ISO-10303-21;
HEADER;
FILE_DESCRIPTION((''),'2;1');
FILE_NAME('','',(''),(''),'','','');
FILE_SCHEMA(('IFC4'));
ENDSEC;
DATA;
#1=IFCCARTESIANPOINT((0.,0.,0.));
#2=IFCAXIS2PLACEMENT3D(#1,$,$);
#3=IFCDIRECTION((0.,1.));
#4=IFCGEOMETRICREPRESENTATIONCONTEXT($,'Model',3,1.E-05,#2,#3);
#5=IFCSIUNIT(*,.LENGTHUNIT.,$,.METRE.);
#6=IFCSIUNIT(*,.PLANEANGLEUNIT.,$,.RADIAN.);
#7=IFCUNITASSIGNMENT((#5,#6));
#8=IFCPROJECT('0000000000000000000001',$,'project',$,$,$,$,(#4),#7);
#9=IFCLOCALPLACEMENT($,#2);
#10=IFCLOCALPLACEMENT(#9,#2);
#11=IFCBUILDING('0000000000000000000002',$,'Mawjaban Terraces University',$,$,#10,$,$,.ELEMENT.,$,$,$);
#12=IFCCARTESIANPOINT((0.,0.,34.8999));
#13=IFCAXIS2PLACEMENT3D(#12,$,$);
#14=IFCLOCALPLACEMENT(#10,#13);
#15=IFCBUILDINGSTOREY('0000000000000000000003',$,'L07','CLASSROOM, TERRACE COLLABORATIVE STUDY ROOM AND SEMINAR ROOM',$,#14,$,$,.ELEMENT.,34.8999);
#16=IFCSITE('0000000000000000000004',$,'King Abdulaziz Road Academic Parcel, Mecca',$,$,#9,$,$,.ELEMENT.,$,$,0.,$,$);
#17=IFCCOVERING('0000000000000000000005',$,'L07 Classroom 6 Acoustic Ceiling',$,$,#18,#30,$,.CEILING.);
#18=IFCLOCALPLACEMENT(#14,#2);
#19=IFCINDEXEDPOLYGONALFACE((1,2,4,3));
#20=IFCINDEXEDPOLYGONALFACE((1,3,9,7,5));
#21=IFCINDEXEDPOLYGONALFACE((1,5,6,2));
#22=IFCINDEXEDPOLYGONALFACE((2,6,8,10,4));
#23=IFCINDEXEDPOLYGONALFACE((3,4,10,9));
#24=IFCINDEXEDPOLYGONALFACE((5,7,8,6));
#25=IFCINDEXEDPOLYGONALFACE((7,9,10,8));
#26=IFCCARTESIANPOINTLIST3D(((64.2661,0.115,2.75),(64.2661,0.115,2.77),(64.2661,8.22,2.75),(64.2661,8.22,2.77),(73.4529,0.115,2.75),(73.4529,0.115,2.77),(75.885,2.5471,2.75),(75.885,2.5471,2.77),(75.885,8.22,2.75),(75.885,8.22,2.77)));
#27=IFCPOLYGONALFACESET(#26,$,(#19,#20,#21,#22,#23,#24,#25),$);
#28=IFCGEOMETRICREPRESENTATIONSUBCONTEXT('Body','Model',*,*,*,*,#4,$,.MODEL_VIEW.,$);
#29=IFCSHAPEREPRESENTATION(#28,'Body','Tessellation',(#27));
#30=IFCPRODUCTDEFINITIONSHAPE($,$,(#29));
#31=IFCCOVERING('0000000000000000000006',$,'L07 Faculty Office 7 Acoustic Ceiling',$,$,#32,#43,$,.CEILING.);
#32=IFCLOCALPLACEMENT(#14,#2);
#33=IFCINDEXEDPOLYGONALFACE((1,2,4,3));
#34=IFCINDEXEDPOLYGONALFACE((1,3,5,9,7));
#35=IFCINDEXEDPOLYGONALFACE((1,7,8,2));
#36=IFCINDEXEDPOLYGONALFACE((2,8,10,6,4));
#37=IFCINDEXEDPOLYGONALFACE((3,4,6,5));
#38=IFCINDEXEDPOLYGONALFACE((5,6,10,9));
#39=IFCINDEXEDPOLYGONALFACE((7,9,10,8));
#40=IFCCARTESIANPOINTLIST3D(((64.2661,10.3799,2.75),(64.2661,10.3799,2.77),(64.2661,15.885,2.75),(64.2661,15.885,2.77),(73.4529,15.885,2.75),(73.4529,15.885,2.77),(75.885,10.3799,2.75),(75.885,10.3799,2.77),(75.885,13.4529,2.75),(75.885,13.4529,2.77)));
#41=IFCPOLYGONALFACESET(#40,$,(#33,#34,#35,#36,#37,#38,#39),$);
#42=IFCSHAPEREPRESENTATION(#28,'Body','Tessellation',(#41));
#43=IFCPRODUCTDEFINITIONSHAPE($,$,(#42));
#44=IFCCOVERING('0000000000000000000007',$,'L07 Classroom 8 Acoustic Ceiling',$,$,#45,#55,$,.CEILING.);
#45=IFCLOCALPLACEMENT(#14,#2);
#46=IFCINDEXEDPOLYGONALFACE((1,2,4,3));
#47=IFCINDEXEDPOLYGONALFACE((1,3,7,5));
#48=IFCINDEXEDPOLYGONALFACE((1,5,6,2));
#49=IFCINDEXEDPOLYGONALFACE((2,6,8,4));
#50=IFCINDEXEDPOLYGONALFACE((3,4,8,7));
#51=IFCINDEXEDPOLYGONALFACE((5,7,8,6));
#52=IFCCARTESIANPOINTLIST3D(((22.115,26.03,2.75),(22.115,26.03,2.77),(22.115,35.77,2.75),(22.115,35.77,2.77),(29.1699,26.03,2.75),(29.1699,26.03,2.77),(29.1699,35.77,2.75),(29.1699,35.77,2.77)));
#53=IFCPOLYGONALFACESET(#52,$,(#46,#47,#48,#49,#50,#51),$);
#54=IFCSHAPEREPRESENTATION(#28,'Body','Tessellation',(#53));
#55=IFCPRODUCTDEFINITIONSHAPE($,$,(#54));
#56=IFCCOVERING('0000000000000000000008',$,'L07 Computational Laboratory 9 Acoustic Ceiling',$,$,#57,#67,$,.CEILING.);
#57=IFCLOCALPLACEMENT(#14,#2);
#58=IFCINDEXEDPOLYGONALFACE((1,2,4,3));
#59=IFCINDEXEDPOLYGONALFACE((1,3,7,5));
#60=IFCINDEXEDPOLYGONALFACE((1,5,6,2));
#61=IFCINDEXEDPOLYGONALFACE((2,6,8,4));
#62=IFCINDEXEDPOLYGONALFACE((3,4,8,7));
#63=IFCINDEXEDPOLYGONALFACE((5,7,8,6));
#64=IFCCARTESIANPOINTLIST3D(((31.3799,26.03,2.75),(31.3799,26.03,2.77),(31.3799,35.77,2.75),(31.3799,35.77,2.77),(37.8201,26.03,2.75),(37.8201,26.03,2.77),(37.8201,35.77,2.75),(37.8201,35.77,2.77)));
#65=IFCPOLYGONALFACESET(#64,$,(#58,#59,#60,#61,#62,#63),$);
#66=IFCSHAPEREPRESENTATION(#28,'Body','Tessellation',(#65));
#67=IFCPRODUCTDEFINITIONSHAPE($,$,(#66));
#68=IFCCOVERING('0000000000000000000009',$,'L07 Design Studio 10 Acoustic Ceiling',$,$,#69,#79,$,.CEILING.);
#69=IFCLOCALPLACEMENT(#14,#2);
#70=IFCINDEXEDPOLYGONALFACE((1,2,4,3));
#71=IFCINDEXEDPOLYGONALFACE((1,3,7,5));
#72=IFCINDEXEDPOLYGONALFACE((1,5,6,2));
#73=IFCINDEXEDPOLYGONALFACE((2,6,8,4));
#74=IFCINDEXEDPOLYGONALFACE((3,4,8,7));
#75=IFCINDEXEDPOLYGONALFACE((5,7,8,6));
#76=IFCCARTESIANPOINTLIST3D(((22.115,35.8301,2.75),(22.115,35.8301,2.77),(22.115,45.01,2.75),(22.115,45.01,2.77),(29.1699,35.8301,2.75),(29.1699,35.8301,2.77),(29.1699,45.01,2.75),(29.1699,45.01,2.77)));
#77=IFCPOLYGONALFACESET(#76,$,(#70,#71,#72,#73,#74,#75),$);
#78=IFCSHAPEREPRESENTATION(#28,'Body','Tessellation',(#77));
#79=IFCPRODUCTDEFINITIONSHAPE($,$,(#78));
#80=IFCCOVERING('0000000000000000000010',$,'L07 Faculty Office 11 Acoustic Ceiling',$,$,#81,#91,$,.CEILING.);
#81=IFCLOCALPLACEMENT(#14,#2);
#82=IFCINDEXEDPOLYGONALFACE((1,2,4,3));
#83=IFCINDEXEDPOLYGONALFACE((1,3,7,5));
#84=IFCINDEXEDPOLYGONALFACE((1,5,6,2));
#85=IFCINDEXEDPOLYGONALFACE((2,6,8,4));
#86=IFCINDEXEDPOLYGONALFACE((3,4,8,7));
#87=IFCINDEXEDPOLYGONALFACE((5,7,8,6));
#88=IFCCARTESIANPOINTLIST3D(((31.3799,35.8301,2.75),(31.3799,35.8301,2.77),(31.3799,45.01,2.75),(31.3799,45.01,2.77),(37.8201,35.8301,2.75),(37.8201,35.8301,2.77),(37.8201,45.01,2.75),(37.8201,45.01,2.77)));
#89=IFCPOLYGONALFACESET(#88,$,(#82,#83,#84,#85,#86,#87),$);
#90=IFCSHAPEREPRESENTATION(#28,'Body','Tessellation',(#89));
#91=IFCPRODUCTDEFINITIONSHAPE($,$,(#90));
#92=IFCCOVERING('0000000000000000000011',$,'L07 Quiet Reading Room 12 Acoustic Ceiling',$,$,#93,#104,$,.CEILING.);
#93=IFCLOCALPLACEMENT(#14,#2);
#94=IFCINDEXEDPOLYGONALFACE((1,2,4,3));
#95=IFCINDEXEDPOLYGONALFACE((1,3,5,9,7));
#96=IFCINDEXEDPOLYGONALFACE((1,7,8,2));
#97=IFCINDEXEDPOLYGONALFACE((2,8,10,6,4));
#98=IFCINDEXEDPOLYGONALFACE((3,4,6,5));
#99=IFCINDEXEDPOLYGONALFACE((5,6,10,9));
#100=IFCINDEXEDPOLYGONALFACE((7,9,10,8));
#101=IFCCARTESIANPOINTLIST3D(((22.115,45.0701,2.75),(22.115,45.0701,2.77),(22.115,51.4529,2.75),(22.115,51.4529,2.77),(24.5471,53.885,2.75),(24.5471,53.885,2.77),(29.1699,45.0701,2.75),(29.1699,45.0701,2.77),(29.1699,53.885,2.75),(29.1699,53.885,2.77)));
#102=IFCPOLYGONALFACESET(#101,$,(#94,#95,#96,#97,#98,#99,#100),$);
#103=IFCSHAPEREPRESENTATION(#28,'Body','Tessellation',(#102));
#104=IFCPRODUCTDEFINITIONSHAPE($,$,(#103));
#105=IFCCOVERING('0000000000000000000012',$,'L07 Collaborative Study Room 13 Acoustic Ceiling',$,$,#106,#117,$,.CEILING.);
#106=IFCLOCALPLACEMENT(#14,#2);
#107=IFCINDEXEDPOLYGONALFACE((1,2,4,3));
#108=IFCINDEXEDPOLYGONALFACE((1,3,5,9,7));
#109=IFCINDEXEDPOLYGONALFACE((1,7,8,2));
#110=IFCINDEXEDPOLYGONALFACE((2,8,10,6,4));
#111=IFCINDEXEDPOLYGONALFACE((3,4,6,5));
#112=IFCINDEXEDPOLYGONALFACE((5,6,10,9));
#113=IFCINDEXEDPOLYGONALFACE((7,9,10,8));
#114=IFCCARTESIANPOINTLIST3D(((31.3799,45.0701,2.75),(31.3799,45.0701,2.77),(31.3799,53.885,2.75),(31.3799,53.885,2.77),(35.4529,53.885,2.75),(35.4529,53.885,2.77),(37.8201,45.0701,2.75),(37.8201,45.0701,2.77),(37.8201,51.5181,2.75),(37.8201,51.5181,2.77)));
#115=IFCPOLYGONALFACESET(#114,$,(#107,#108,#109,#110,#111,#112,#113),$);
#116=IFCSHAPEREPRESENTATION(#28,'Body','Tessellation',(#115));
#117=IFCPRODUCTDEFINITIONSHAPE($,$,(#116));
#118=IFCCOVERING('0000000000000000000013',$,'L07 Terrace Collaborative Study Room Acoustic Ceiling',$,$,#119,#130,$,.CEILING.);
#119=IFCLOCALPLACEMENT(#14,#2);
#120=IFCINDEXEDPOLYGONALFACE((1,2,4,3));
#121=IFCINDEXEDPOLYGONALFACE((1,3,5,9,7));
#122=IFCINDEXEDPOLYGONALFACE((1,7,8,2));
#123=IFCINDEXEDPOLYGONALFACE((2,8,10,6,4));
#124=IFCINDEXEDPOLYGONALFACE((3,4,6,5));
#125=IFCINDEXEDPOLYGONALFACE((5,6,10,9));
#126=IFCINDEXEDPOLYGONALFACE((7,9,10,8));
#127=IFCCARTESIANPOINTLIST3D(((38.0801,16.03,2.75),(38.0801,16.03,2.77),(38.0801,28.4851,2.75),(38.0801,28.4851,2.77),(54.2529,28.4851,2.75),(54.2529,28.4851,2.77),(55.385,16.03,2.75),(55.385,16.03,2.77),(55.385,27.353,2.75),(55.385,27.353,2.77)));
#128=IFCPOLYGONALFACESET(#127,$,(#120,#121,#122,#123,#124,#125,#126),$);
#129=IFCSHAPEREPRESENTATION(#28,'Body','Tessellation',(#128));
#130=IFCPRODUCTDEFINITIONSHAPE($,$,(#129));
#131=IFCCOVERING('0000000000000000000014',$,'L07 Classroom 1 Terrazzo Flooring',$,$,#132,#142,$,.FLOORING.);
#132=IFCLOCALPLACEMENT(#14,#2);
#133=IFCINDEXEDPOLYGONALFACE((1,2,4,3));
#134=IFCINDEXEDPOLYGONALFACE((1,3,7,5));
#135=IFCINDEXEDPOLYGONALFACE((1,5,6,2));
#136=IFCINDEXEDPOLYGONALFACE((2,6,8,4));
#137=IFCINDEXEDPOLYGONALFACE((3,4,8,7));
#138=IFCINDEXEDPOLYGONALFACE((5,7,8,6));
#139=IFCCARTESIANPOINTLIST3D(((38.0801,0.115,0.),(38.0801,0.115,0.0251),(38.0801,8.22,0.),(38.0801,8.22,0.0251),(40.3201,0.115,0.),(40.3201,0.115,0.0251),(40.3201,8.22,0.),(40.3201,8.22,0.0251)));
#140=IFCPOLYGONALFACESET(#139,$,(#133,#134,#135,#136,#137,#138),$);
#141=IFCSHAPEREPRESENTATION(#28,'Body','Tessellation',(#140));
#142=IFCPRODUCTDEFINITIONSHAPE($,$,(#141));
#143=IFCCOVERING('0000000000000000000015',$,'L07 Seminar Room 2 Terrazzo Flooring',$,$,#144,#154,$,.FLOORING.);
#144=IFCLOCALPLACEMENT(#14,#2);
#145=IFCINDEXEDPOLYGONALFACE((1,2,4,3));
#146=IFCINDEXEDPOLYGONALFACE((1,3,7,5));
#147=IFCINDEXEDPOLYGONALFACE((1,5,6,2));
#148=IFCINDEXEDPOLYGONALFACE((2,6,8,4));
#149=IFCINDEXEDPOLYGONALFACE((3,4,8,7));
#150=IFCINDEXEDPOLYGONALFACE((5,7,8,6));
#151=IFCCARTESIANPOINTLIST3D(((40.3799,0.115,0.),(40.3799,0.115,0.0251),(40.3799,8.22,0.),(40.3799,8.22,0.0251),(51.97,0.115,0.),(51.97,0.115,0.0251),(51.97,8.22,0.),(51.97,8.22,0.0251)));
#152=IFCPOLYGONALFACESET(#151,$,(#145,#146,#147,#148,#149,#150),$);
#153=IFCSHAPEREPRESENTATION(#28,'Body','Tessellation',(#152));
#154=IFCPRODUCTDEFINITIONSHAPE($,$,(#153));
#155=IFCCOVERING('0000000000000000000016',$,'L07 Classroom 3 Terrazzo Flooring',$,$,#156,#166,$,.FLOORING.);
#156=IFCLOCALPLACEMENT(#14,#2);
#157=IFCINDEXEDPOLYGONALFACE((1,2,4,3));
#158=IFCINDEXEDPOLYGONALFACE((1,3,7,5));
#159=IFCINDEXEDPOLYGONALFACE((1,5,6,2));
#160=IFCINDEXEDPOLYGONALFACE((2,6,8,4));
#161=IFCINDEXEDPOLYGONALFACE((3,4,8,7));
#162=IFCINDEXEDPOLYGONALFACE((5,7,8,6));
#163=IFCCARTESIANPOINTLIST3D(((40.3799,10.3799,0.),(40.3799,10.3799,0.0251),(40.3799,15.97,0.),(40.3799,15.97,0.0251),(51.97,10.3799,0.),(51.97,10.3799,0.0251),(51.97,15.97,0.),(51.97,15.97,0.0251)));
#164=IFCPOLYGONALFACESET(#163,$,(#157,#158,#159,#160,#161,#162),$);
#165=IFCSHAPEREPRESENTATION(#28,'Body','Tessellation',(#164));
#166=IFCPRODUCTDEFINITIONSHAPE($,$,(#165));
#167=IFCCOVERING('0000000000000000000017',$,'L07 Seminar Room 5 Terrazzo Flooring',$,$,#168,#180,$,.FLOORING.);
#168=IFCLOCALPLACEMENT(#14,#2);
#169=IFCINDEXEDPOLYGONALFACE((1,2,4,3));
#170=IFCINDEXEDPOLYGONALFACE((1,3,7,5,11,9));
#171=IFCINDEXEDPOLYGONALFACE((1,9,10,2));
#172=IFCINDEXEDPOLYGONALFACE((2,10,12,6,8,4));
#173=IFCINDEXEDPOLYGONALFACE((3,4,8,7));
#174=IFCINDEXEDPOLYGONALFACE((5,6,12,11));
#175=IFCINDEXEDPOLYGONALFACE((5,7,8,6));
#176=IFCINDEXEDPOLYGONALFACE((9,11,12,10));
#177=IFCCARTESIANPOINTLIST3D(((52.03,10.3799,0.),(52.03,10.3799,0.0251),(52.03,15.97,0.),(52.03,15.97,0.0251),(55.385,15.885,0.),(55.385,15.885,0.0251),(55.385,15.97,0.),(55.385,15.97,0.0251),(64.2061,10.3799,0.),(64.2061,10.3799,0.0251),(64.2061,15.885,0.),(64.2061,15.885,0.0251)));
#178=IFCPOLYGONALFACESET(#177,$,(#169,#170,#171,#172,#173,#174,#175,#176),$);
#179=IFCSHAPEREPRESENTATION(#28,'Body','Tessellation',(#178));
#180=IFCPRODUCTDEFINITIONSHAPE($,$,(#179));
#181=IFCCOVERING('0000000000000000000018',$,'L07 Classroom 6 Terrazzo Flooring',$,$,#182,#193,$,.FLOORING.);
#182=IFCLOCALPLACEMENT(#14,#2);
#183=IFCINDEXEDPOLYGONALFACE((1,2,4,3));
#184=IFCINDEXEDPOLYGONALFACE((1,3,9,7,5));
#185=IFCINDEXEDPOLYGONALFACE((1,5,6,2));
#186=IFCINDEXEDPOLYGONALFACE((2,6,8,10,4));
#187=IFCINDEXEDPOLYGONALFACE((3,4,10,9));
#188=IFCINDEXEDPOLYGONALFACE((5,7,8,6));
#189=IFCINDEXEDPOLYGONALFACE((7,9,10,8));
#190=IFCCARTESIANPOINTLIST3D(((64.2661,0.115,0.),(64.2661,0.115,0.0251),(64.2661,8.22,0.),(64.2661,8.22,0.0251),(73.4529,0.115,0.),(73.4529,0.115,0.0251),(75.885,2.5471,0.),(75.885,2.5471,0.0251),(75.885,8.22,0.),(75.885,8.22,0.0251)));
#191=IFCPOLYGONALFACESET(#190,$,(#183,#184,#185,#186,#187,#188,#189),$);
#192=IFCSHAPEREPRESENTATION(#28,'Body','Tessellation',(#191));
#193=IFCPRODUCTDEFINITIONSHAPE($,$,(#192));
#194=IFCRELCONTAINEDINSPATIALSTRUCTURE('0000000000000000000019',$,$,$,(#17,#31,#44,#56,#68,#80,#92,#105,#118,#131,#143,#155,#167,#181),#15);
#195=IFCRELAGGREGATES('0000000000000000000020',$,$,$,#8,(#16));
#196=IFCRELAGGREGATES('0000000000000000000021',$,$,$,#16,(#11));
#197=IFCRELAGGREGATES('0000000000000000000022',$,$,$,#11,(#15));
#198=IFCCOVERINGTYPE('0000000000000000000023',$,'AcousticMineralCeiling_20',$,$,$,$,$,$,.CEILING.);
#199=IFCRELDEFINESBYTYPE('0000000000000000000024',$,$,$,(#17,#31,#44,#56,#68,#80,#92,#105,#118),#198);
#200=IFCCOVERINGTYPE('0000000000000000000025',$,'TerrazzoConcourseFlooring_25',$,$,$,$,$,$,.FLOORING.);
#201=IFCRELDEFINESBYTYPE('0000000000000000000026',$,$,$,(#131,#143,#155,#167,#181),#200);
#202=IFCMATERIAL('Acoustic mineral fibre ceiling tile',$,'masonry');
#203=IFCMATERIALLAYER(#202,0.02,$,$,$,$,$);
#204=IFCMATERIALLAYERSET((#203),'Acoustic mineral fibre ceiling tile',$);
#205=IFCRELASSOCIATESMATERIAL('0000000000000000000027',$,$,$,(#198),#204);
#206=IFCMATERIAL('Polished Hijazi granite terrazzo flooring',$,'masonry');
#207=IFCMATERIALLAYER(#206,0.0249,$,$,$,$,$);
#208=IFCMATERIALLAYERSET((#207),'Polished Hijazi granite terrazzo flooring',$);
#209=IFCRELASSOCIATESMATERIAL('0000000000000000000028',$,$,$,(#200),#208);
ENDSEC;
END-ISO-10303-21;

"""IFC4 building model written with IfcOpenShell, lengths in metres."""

from ifc_helpers import new_model, si_unit, direction, frame, origin, place, context, subcontext, project, spatial, polyline, outline, extrude, material, layer, layer_set, type_object, element, save


model = new_model("IFC4")

# Units and contexts
model_context = context("Model", 3, precision=1e-05, world=origin(), true_north=direction((0.0, 1.0)))
body_context = subcontext(model_context, "Body", "Model", "MODEL_VIEW")
ifc_project = project(units=[si_unit("LENGTHUNIT", "METRE"), si_unit("PLANEANGLEUNIT", "RADIAN")], contexts=[model_context])

# Site, building, storey
site_placement = place(None, origin())
site = spatial("IfcSite", under=ifc_project, at=site_placement, Name="King Abdulaziz Road Academic Parcel, Mecca", CompositionType="ELEMENT", RefElevation=0.0)
building_placement = place(site_placement, origin())
building = spatial("IfcBuilding", under=site, at=building_placement, Name="Mawjaban Terraces University", CompositionType="ELEMENT")
storey_placement = place(building_placement, frame((0.0, 0.0, 34.8999)))
storey = spatial("IfcBuildingStorey", under=building, at=storey_placement, Name="L07", Description="CLASSROOM, TERRACE COLLABORATIVE STUDY ROOM AND SEMINAR ROOM", CompositionType="ELEMENT", Elevation=34.8999)

# Coverings
ifc_material_1 = material(Name="Acoustic mineral fibre ceiling tile", Category="masonry")
ifc_layer_1 = layer(ifc_material_1, 0.02)
ifc_layer_set_1 = layer_set([ifc_layer_1], Name="Acoustic mineral fibre ceiling tile")
covering_type_1 = type_object("IfcCoveringType", Name="AcousticMineralCeiling_20", PredefinedType="CEILING", material=ifc_layer_set_1)
covering_1_placement = place(storey_placement, frame((0.0, 0.0, 2.75)))
element("IfcCovering", 1, at=covering_1_placement, inside=storey, type_object=covering_type_1, Name="L07 Classroom 6 Acoustic Ceiling", PredefinedType="CEILING", context=body_context, shape_type="SweptSolid", body=[
    extrude(outline(polyline([(64.2661, 0.115), (73.4529, 0.115), (75.885, 2.5471), (75.885, 8.22), (64.2661, 8.22), (64.2661, 0.115)])), origin(), (0.0, 0.0, 1.0), 0.02),
])
covering_2_placement = place(storey_placement, frame((0.0, 0.0, 2.75)))
element("IfcCovering", 2, at=covering_2_placement, inside=storey, type_object=covering_type_1, Name="L07 Faculty Office 7 Acoustic Ceiling", PredefinedType="CEILING", context=body_context, shape_type="SweptSolid", body=[
    extrude(outline(polyline([(75.885, 10.3799), (75.885, 13.4529), (73.4529, 15.885), (64.2661, 15.885), (64.2661, 10.3799), (75.885, 10.3799)])), origin(), (0.0, 0.0, 1.0), 0.02),
])
covering_3_placement = place(storey_placement, frame((0.0, 0.0, 2.75)))
element("IfcCovering", 3, at=covering_3_placement, inside=storey, type_object=covering_type_1, Name="L07 Classroom 8 Acoustic Ceiling", PredefinedType="CEILING", context=body_context, shape_type="SweptSolid", body=[
    extrude(outline(polyline([(22.115, 35.77), (22.115, 26.03), (29.1699, 26.03), (29.1699, 35.77), (22.115, 35.77)])), origin(), (0.0, 0.0, 1.0), 0.02),
])
covering_4_placement = place(storey_placement, frame((0.0, 0.0, 2.75)))
element("IfcCovering", 4, at=covering_4_placement, inside=storey, type_object=covering_type_1, Name="L07 Computational Laboratory 9 Acoustic Ceiling", PredefinedType="CEILING", context=body_context, shape_type="SweptSolid", body=[
    extrude(outline(polyline([(37.8201, 26.03), (37.8201, 35.77), (31.3799, 35.77), (31.3799, 26.03), (37.8201, 26.03)])), origin(), (0.0, 0.0, 1.0), 0.02),
])
covering_5_placement = place(storey_placement, frame((0.0, 0.0, 2.75)))
element("IfcCovering", 5, at=covering_5_placement, inside=storey, type_object=covering_type_1, Name="L07 Design Studio 10 Acoustic Ceiling", PredefinedType="CEILING", context=body_context, shape_type="SweptSolid", body=[
    extrude(outline(polyline([(22.115, 45.01), (22.115, 35.8301), (29.1699, 35.8301), (29.1699, 45.01), (22.115, 45.01)])), origin(), (0.0, 0.0, 1.0), 0.02),
])
covering_6_placement = place(storey_placement, frame((0.0, 0.0, 2.75)))
element("IfcCovering", 6, at=covering_6_placement, inside=storey, type_object=covering_type_1, Name="L07 Faculty Office 11 Acoustic Ceiling", PredefinedType="CEILING", context=body_context, shape_type="SweptSolid", body=[
    extrude(outline(polyline([(37.8201, 35.8301), (37.8201, 45.01), (31.3799, 45.01), (31.3799, 35.8301), (37.8201, 35.8301)])), origin(), (0.0, 0.0, 1.0), 0.02),
])
covering_7_placement = place(storey_placement, frame((0.0, 0.0, 2.75)))
element("IfcCovering", 7, at=covering_7_placement, inside=storey, type_object=covering_type_1, Name="L07 Quiet Reading Room 12 Acoustic Ceiling", PredefinedType="CEILING", context=body_context, shape_type="SweptSolid", body=[
    extrude(outline(polyline([(29.1699, 53.885), (24.5471, 53.885), (22.115, 51.4529), (22.115, 45.0701), (29.1699, 45.0701), (29.1699, 53.885)])), origin(), (0.0, 0.0, 1.0), 0.02),
])
covering_8_placement = place(storey_placement, frame((0.0, 0.0, 2.75)))
element("IfcCovering", 8, at=covering_8_placement, inside=storey, type_object=covering_type_1, Name="L07 Collaborative Study Room 13 Acoustic Ceiling", PredefinedType="CEILING", context=body_context, shape_type="SweptSolid", body=[
    extrude(outline(polyline([(37.8201, 51.5181), (35.4529, 53.885), (31.3799, 53.885), (31.3799, 45.0701), (37.8201, 45.0701), (37.8201, 51.5181)])), origin(), (0.0, 0.0, 1.0), 0.02),
])
covering_9_placement = place(storey_placement, frame((0.0, 0.0, 2.75)))
element("IfcCovering", 9, at=covering_9_placement, inside=storey, type_object=covering_type_1, Name="L07 Terrace Collaborative Study Room Acoustic Ceiling", PredefinedType="CEILING", context=body_context, shape_type="SweptSolid", body=[
    extrude(outline(polyline([(55.385, 16.03), (55.385, 27.353), (54.2529, 28.4851), (38.0801, 28.4851), (38.0801, 16.03), (55.385, 16.03)])), origin(), (0.0, 0.0, 1.0), 0.02),
])
ifc_material_2 = material(Name="Polished Hijazi granite terrazzo flooring", Category="masonry")
ifc_layer_2 = layer(ifc_material_2, 0.0249)
ifc_layer_set_2 = layer_set([ifc_layer_2], Name="Polished Hijazi granite terrazzo flooring")
covering_type_2 = type_object("IfcCoveringType", Name="TerrazzoConcourseFlooring_25", PredefinedType="FLOORING", material=ifc_layer_set_2)
covering_10_placement = place(storey_placement, origin())
element("IfcCovering", 10, at=covering_10_placement, inside=storey, type_object=covering_type_2, Name="L07 Classroom 1 Terrazzo Flooring", PredefinedType="FLOORING", context=body_context, shape_type="SweptSolid", body=[
    extrude(outline(polyline([(38.0801, 0.115), (40.3201, 0.115), (40.3201, 8.22), (38.0801, 8.22), (38.0801, 0.115)])), origin(), (0.0, 0.0, 1.0), 0.0251),
])
covering_11_placement = place(storey_placement, origin())
element("IfcCovering", 11, at=covering_11_placement, inside=storey, type_object=covering_type_2, Name="L07 Seminar Room 2 Terrazzo Flooring", PredefinedType="FLOORING", context=body_context, shape_type="SweptSolid", body=[
    extrude(outline(polyline([(40.3799, 0.115), (51.97, 0.115), (51.97, 8.22), (40.3799, 8.22), (40.3799, 0.115)])), origin(), (0.0, 0.0, 1.0), 0.0251),
])
covering_12_placement = place(storey_placement, origin())
element("IfcCovering", 12, at=covering_12_placement, inside=storey, type_object=covering_type_2, Name="L07 Classroom 3 Terrazzo Flooring", PredefinedType="FLOORING", context=body_context, shape_type="SweptSolid", body=[
    extrude(outline(polyline([(51.97, 10.3799), (51.97, 15.97), (40.3799, 15.97), (40.3799, 10.3799), (51.97, 10.3799)])), origin(), (0.0, 0.0, 1.0), 0.0251),
])
covering_13_placement = place(storey_placement, origin())
element("IfcCovering", 13, at=covering_13_placement, inside=storey, type_object=covering_type_2, Name="L07 Seminar Room 5 Terrazzo Flooring", PredefinedType="FLOORING", context=body_context, shape_type="SweptSolid", body=[
    extrude(outline(polyline([(64.2061, 15.885), (55.385, 15.885), (55.385, 15.97), (52.03, 15.97), (52.03, 10.3799), (64.2061, 10.3799), (64.2061, 15.885)])), origin(), (0.0, 0.0, 1.0), 0.0251),
])
covering_14_placement = place(storey_placement, origin())
element("IfcCovering", 14, at=covering_14_placement, inside=storey, type_object=covering_type_2, Name="L07 Classroom 6 Terrazzo Flooring", PredefinedType="FLOORING", context=body_context, shape_type="SweptSolid", body=[
    extrude(outline(polyline([(64.2661, 0.115), (73.4529, 0.115), (75.885, 2.5471), (75.885, 8.22), (64.2661, 8.22), (64.2661, 0.115)])), origin(), (0.0, 0.0, 1.0), 0.0251),
])

save(model, "model.ifc")
